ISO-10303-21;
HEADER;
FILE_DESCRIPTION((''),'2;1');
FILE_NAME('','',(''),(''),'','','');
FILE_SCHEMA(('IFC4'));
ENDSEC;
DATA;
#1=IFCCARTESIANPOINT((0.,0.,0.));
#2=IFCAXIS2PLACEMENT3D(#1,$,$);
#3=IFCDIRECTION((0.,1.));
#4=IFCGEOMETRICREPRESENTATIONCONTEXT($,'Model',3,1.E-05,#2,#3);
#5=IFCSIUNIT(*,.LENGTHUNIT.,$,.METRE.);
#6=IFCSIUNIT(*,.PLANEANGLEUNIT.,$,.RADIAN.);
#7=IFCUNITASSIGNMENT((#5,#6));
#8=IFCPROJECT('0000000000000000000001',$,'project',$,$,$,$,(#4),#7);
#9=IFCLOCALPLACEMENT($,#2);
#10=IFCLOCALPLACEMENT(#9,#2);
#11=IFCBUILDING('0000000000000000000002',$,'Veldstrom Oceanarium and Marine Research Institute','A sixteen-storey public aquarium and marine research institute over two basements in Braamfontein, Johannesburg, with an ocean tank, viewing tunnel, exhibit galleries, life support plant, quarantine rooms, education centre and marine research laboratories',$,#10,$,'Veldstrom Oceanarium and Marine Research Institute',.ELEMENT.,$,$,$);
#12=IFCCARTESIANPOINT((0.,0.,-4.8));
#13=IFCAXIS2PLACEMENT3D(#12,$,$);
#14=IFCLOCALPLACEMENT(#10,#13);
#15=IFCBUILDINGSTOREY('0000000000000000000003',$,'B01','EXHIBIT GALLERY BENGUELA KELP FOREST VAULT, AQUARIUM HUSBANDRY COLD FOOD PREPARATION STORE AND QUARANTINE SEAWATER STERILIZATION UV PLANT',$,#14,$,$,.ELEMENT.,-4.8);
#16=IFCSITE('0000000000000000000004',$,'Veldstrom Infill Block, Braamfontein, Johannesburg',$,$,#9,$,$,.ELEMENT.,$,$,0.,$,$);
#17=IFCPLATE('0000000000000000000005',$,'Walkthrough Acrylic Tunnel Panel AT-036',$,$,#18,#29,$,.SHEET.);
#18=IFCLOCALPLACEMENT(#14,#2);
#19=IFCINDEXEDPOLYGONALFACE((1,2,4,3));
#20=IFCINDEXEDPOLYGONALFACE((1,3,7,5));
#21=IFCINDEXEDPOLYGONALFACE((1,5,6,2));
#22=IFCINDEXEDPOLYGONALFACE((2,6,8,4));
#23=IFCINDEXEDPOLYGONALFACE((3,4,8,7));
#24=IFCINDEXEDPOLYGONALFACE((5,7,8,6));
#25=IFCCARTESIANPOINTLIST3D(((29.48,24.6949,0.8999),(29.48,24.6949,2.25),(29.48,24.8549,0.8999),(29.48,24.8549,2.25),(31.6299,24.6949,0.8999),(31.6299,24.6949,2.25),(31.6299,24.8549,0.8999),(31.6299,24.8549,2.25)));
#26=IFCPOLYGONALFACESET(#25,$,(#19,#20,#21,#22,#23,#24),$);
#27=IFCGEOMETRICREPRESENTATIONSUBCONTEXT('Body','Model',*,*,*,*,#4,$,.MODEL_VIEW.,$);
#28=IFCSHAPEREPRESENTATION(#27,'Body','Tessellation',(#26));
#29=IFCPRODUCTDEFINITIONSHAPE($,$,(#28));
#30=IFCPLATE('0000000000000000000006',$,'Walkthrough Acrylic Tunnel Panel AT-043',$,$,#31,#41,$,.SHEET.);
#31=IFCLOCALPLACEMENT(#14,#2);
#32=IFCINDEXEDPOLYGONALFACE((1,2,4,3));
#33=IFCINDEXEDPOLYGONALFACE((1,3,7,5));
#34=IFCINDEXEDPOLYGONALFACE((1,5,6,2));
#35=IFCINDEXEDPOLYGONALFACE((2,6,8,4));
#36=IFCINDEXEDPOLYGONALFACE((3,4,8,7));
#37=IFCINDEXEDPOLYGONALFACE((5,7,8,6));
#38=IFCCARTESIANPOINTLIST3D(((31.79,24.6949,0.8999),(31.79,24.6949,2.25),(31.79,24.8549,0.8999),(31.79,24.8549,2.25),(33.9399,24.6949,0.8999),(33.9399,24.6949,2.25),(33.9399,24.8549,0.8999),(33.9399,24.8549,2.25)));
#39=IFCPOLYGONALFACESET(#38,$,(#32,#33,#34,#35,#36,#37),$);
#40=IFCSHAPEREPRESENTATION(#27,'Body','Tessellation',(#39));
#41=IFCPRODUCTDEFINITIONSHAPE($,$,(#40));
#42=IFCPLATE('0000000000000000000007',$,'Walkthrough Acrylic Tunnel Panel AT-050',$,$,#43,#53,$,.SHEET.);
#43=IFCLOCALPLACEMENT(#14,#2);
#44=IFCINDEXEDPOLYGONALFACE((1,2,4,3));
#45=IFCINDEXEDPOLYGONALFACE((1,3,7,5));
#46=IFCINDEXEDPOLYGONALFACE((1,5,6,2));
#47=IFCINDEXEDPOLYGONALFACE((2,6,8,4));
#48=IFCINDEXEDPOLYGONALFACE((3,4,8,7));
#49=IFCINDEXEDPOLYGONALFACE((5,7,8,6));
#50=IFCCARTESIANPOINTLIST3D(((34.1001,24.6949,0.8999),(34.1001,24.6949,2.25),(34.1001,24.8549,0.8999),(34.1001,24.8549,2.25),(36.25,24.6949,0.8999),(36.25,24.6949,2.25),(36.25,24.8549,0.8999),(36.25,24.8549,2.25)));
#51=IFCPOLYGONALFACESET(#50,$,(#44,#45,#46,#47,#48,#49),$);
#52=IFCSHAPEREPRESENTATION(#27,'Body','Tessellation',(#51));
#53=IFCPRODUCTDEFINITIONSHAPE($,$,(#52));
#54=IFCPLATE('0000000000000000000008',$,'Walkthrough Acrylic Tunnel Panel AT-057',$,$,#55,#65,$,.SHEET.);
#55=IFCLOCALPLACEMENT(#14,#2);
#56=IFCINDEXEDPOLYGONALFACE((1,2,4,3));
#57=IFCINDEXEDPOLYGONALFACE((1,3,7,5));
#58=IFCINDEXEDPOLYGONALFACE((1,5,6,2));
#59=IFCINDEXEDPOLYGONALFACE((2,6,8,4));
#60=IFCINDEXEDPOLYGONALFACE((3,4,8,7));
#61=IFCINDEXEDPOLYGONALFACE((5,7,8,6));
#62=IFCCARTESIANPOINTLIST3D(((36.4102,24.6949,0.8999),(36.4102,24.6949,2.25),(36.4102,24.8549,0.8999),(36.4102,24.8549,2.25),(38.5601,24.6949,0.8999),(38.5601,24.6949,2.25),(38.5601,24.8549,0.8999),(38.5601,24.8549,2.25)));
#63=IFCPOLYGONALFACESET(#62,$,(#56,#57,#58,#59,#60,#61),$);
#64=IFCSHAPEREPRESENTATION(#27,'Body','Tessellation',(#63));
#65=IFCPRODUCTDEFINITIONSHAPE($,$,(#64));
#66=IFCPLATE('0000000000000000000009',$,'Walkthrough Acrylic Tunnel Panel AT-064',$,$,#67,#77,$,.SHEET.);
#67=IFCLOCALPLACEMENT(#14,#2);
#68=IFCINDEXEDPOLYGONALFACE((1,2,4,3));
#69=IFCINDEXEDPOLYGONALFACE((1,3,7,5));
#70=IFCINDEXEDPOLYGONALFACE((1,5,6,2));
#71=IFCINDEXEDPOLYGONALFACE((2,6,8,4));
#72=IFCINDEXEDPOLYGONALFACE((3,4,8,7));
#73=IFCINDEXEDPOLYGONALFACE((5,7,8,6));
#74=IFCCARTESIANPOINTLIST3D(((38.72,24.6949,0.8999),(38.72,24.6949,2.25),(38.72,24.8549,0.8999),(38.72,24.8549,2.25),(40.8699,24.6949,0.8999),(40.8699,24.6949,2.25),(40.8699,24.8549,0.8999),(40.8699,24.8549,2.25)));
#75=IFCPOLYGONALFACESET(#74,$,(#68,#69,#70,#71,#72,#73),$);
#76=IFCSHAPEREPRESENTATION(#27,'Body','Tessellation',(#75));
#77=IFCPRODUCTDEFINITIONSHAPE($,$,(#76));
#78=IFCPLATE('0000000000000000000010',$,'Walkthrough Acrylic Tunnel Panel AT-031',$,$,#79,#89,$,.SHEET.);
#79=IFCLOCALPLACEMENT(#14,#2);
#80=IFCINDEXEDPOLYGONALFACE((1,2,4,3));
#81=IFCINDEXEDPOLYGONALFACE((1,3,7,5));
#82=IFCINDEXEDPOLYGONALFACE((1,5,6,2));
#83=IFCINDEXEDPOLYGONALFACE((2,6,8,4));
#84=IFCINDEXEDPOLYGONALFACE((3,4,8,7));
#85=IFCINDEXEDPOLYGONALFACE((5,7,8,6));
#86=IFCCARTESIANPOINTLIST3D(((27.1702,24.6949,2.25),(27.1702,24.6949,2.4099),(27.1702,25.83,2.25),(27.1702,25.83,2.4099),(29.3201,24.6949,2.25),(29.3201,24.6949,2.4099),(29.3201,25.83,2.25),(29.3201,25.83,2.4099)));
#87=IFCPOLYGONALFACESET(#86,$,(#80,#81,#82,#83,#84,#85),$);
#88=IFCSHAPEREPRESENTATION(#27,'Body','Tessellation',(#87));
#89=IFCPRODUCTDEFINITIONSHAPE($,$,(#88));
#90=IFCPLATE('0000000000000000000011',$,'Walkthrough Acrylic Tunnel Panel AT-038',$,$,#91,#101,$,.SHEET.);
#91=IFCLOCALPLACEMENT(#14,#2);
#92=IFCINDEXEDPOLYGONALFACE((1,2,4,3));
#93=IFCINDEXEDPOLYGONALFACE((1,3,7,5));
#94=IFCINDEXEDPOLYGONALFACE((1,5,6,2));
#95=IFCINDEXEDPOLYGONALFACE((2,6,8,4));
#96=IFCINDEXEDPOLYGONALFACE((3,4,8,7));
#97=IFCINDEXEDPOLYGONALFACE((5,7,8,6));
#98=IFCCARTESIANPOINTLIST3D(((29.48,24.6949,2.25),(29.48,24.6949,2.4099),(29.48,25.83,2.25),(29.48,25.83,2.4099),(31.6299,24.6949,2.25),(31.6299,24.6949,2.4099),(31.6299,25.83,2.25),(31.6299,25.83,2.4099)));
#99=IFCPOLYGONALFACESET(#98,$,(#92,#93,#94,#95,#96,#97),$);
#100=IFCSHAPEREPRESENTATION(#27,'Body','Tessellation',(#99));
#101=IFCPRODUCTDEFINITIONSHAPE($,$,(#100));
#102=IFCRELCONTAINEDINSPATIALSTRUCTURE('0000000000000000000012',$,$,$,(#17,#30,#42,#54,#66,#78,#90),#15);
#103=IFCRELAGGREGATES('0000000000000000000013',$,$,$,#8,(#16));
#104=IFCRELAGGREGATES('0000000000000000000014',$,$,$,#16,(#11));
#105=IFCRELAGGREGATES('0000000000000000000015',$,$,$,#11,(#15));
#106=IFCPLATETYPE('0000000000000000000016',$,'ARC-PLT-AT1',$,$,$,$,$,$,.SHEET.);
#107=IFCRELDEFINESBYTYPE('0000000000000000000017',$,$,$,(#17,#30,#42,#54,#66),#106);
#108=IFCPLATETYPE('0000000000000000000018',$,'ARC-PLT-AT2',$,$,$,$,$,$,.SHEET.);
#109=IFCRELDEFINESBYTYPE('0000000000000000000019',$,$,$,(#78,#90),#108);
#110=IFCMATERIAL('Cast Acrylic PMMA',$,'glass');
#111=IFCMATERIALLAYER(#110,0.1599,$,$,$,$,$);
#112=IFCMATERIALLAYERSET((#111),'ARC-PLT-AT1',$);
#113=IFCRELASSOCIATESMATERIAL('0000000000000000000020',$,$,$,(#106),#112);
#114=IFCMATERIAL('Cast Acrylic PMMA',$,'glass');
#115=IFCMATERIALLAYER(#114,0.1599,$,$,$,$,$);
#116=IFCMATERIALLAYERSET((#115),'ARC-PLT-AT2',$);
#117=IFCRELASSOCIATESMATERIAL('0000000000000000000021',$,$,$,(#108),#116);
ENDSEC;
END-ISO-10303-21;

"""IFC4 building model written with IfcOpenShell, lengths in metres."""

from ifc_helpers import new_model, si_unit, direction, frame, origin, origin_2d, place, context, subcontext, project, spatial, rectangle, extrude, material, layer, layer_set, type_object, element, save


model = new_model("IFC4")

# Units and contexts
model_context = context("Model", 3, precision=1e-05, world=origin(), true_north=direction((0.0, 1.0)))
body_context = subcontext(model_context, "Body", "Model", "MODEL_VIEW")
ifc_project = project(units=[si_unit("LENGTHUNIT", "METRE"), si_unit("PLANEANGLEUNIT", "RADIAN")], contexts=[model_context])

# Site, building, storey
site_placement = place(None, origin())
site = spatial("IfcSite", under=ifc_project, at=site_placement, Name="Veldstrom Infill Block, Braamfontein, Johannesburg", CompositionType="ELEMENT", RefElevation=0.0)
building_placement = place(site_placement, origin())
building = spatial("IfcBuilding", under=site, at=building_placement, Name="Veldstrom Oceanarium and Marine Research Institute", Description="A sixteen-storey public aquarium and marine research institute over two basements in Braamfontein, Johannesburg, with an ocean tank, viewing tunnel, exhibit galleries, life support plant, quarantine rooms, education centre and marine research laboratories", LongName="Veldstrom Oceanarium and Marine Research Institute", CompositionType="ELEMENT")
storey_placement = place(building_placement, frame((0.0, 0.0, -4.8)))
storey = spatial("IfcBuildingStorey", under=building, at=storey_placement, Name="B01", Description="EXHIBIT GALLERY BENGUELA KELP FOREST VAULT, AQUARIUM HUSBANDRY COLD FOOD PREPARATION STORE AND QUARANTINE SEAWATER STERILIZATION UV PLANT", CompositionType="ELEMENT", Elevation=-4.8)

# Plates
ifc_material_1 = material(Name="Cast Acrylic PMMA", Category="glass")
ifc_layer_1 = layer(ifc_material_1, 0.1599)
ifc_layer_set_1 = layer_set([ifc_layer_1], Name="ARC-PLT-AT1")
plate_type_1 = type_object("IfcPlateType", Name="ARC-PLT-AT1", PredefinedType="SHEET", material=ifc_layer_set_1)
for number, where, z_axis, x_axis, name in (
    (1, (30.5549, 24.7749, 0.8999), (0.0, 0.0, 1.0), (1.0, 0.0, 0.0), "Walkthrough Acrylic Tunnel Panel AT-036"),
    (2, (32.865, 24.7749, 0.8999), (0.0, 0.0, 1.0), (1.0, 0.0, 0.0), "Walkthrough Acrylic Tunnel Panel AT-043"),
    (3, (35.175, 24.7749, 0.8999), (0.0, 0.0, 1.0), (1.0, 0.0, 0.0), "Walkthrough Acrylic Tunnel Panel AT-050"),
    (4, (37.4851, 24.7749, 0.8999), (0.0, 0.0, 1.0), (1.0, 0.0, 0.0), "Walkthrough Acrylic Tunnel Panel AT-057"),
    (5, (39.7949, 24.7749, 0.8999), (0.0, 0.0, 1.0), (1.0, 0.0, 0.0), "Walkthrough Acrylic Tunnel Panel AT-064"),
):
    element("IfcPlate", number, at=place(storey_placement, frame(where, z_axis=z_axis, x_axis=x_axis)), inside=storey, type_object=plate_type_1, Name=name, PredefinedType="SHEET", context=body_context, shape_type="SweptSolid", body=[
        extrude(rectangle(XDim=2.1499, YDim=0.1599, at=origin_2d()), origin(), (0.0, 0.0, 1.0), 1.3501),
    ])
ifc_material_2 = material(Name="Cast Acrylic PMMA", Category="glass")
ifc_layer_2 = layer(ifc_material_2, 0.1599)
ifc_layer_set_2 = layer_set([ifc_layer_2], Name="ARC-PLT-AT2")
plate_type_2 = type_object("IfcPlateType", Name="ARC-PLT-AT2", PredefinedType="SHEET", material=ifc_layer_set_2)
for number, where, z_axis, x_axis, name in (
    (6, (28.2451, 25.2625, 2.25), (0.0, 0.0, 1.0), (1.0, 0.0, 0.0), "Walkthrough Acrylic Tunnel Panel AT-031"),
    (7, (30.5549, 25.2625, 2.25), (0.0, 0.0, 1.0), (1.0, 0.0, 0.0), "Walkthrough Acrylic Tunnel Panel AT-038"),
):
    element("IfcPlate", number, at=place(storey_placement, frame(where, z_axis=z_axis, x_axis=x_axis)), inside=storey, type_object=plate_type_2, Name=name, PredefinedType="SHEET", context=body_context, shape_type="SweptSolid", body=[
        extrude(rectangle(XDim=2.1499, YDim=1.135, at=origin_2d()), origin(), (0.0, 0.0, 1.0), 0.1599),
    ])

save(model, "model.ifc")
